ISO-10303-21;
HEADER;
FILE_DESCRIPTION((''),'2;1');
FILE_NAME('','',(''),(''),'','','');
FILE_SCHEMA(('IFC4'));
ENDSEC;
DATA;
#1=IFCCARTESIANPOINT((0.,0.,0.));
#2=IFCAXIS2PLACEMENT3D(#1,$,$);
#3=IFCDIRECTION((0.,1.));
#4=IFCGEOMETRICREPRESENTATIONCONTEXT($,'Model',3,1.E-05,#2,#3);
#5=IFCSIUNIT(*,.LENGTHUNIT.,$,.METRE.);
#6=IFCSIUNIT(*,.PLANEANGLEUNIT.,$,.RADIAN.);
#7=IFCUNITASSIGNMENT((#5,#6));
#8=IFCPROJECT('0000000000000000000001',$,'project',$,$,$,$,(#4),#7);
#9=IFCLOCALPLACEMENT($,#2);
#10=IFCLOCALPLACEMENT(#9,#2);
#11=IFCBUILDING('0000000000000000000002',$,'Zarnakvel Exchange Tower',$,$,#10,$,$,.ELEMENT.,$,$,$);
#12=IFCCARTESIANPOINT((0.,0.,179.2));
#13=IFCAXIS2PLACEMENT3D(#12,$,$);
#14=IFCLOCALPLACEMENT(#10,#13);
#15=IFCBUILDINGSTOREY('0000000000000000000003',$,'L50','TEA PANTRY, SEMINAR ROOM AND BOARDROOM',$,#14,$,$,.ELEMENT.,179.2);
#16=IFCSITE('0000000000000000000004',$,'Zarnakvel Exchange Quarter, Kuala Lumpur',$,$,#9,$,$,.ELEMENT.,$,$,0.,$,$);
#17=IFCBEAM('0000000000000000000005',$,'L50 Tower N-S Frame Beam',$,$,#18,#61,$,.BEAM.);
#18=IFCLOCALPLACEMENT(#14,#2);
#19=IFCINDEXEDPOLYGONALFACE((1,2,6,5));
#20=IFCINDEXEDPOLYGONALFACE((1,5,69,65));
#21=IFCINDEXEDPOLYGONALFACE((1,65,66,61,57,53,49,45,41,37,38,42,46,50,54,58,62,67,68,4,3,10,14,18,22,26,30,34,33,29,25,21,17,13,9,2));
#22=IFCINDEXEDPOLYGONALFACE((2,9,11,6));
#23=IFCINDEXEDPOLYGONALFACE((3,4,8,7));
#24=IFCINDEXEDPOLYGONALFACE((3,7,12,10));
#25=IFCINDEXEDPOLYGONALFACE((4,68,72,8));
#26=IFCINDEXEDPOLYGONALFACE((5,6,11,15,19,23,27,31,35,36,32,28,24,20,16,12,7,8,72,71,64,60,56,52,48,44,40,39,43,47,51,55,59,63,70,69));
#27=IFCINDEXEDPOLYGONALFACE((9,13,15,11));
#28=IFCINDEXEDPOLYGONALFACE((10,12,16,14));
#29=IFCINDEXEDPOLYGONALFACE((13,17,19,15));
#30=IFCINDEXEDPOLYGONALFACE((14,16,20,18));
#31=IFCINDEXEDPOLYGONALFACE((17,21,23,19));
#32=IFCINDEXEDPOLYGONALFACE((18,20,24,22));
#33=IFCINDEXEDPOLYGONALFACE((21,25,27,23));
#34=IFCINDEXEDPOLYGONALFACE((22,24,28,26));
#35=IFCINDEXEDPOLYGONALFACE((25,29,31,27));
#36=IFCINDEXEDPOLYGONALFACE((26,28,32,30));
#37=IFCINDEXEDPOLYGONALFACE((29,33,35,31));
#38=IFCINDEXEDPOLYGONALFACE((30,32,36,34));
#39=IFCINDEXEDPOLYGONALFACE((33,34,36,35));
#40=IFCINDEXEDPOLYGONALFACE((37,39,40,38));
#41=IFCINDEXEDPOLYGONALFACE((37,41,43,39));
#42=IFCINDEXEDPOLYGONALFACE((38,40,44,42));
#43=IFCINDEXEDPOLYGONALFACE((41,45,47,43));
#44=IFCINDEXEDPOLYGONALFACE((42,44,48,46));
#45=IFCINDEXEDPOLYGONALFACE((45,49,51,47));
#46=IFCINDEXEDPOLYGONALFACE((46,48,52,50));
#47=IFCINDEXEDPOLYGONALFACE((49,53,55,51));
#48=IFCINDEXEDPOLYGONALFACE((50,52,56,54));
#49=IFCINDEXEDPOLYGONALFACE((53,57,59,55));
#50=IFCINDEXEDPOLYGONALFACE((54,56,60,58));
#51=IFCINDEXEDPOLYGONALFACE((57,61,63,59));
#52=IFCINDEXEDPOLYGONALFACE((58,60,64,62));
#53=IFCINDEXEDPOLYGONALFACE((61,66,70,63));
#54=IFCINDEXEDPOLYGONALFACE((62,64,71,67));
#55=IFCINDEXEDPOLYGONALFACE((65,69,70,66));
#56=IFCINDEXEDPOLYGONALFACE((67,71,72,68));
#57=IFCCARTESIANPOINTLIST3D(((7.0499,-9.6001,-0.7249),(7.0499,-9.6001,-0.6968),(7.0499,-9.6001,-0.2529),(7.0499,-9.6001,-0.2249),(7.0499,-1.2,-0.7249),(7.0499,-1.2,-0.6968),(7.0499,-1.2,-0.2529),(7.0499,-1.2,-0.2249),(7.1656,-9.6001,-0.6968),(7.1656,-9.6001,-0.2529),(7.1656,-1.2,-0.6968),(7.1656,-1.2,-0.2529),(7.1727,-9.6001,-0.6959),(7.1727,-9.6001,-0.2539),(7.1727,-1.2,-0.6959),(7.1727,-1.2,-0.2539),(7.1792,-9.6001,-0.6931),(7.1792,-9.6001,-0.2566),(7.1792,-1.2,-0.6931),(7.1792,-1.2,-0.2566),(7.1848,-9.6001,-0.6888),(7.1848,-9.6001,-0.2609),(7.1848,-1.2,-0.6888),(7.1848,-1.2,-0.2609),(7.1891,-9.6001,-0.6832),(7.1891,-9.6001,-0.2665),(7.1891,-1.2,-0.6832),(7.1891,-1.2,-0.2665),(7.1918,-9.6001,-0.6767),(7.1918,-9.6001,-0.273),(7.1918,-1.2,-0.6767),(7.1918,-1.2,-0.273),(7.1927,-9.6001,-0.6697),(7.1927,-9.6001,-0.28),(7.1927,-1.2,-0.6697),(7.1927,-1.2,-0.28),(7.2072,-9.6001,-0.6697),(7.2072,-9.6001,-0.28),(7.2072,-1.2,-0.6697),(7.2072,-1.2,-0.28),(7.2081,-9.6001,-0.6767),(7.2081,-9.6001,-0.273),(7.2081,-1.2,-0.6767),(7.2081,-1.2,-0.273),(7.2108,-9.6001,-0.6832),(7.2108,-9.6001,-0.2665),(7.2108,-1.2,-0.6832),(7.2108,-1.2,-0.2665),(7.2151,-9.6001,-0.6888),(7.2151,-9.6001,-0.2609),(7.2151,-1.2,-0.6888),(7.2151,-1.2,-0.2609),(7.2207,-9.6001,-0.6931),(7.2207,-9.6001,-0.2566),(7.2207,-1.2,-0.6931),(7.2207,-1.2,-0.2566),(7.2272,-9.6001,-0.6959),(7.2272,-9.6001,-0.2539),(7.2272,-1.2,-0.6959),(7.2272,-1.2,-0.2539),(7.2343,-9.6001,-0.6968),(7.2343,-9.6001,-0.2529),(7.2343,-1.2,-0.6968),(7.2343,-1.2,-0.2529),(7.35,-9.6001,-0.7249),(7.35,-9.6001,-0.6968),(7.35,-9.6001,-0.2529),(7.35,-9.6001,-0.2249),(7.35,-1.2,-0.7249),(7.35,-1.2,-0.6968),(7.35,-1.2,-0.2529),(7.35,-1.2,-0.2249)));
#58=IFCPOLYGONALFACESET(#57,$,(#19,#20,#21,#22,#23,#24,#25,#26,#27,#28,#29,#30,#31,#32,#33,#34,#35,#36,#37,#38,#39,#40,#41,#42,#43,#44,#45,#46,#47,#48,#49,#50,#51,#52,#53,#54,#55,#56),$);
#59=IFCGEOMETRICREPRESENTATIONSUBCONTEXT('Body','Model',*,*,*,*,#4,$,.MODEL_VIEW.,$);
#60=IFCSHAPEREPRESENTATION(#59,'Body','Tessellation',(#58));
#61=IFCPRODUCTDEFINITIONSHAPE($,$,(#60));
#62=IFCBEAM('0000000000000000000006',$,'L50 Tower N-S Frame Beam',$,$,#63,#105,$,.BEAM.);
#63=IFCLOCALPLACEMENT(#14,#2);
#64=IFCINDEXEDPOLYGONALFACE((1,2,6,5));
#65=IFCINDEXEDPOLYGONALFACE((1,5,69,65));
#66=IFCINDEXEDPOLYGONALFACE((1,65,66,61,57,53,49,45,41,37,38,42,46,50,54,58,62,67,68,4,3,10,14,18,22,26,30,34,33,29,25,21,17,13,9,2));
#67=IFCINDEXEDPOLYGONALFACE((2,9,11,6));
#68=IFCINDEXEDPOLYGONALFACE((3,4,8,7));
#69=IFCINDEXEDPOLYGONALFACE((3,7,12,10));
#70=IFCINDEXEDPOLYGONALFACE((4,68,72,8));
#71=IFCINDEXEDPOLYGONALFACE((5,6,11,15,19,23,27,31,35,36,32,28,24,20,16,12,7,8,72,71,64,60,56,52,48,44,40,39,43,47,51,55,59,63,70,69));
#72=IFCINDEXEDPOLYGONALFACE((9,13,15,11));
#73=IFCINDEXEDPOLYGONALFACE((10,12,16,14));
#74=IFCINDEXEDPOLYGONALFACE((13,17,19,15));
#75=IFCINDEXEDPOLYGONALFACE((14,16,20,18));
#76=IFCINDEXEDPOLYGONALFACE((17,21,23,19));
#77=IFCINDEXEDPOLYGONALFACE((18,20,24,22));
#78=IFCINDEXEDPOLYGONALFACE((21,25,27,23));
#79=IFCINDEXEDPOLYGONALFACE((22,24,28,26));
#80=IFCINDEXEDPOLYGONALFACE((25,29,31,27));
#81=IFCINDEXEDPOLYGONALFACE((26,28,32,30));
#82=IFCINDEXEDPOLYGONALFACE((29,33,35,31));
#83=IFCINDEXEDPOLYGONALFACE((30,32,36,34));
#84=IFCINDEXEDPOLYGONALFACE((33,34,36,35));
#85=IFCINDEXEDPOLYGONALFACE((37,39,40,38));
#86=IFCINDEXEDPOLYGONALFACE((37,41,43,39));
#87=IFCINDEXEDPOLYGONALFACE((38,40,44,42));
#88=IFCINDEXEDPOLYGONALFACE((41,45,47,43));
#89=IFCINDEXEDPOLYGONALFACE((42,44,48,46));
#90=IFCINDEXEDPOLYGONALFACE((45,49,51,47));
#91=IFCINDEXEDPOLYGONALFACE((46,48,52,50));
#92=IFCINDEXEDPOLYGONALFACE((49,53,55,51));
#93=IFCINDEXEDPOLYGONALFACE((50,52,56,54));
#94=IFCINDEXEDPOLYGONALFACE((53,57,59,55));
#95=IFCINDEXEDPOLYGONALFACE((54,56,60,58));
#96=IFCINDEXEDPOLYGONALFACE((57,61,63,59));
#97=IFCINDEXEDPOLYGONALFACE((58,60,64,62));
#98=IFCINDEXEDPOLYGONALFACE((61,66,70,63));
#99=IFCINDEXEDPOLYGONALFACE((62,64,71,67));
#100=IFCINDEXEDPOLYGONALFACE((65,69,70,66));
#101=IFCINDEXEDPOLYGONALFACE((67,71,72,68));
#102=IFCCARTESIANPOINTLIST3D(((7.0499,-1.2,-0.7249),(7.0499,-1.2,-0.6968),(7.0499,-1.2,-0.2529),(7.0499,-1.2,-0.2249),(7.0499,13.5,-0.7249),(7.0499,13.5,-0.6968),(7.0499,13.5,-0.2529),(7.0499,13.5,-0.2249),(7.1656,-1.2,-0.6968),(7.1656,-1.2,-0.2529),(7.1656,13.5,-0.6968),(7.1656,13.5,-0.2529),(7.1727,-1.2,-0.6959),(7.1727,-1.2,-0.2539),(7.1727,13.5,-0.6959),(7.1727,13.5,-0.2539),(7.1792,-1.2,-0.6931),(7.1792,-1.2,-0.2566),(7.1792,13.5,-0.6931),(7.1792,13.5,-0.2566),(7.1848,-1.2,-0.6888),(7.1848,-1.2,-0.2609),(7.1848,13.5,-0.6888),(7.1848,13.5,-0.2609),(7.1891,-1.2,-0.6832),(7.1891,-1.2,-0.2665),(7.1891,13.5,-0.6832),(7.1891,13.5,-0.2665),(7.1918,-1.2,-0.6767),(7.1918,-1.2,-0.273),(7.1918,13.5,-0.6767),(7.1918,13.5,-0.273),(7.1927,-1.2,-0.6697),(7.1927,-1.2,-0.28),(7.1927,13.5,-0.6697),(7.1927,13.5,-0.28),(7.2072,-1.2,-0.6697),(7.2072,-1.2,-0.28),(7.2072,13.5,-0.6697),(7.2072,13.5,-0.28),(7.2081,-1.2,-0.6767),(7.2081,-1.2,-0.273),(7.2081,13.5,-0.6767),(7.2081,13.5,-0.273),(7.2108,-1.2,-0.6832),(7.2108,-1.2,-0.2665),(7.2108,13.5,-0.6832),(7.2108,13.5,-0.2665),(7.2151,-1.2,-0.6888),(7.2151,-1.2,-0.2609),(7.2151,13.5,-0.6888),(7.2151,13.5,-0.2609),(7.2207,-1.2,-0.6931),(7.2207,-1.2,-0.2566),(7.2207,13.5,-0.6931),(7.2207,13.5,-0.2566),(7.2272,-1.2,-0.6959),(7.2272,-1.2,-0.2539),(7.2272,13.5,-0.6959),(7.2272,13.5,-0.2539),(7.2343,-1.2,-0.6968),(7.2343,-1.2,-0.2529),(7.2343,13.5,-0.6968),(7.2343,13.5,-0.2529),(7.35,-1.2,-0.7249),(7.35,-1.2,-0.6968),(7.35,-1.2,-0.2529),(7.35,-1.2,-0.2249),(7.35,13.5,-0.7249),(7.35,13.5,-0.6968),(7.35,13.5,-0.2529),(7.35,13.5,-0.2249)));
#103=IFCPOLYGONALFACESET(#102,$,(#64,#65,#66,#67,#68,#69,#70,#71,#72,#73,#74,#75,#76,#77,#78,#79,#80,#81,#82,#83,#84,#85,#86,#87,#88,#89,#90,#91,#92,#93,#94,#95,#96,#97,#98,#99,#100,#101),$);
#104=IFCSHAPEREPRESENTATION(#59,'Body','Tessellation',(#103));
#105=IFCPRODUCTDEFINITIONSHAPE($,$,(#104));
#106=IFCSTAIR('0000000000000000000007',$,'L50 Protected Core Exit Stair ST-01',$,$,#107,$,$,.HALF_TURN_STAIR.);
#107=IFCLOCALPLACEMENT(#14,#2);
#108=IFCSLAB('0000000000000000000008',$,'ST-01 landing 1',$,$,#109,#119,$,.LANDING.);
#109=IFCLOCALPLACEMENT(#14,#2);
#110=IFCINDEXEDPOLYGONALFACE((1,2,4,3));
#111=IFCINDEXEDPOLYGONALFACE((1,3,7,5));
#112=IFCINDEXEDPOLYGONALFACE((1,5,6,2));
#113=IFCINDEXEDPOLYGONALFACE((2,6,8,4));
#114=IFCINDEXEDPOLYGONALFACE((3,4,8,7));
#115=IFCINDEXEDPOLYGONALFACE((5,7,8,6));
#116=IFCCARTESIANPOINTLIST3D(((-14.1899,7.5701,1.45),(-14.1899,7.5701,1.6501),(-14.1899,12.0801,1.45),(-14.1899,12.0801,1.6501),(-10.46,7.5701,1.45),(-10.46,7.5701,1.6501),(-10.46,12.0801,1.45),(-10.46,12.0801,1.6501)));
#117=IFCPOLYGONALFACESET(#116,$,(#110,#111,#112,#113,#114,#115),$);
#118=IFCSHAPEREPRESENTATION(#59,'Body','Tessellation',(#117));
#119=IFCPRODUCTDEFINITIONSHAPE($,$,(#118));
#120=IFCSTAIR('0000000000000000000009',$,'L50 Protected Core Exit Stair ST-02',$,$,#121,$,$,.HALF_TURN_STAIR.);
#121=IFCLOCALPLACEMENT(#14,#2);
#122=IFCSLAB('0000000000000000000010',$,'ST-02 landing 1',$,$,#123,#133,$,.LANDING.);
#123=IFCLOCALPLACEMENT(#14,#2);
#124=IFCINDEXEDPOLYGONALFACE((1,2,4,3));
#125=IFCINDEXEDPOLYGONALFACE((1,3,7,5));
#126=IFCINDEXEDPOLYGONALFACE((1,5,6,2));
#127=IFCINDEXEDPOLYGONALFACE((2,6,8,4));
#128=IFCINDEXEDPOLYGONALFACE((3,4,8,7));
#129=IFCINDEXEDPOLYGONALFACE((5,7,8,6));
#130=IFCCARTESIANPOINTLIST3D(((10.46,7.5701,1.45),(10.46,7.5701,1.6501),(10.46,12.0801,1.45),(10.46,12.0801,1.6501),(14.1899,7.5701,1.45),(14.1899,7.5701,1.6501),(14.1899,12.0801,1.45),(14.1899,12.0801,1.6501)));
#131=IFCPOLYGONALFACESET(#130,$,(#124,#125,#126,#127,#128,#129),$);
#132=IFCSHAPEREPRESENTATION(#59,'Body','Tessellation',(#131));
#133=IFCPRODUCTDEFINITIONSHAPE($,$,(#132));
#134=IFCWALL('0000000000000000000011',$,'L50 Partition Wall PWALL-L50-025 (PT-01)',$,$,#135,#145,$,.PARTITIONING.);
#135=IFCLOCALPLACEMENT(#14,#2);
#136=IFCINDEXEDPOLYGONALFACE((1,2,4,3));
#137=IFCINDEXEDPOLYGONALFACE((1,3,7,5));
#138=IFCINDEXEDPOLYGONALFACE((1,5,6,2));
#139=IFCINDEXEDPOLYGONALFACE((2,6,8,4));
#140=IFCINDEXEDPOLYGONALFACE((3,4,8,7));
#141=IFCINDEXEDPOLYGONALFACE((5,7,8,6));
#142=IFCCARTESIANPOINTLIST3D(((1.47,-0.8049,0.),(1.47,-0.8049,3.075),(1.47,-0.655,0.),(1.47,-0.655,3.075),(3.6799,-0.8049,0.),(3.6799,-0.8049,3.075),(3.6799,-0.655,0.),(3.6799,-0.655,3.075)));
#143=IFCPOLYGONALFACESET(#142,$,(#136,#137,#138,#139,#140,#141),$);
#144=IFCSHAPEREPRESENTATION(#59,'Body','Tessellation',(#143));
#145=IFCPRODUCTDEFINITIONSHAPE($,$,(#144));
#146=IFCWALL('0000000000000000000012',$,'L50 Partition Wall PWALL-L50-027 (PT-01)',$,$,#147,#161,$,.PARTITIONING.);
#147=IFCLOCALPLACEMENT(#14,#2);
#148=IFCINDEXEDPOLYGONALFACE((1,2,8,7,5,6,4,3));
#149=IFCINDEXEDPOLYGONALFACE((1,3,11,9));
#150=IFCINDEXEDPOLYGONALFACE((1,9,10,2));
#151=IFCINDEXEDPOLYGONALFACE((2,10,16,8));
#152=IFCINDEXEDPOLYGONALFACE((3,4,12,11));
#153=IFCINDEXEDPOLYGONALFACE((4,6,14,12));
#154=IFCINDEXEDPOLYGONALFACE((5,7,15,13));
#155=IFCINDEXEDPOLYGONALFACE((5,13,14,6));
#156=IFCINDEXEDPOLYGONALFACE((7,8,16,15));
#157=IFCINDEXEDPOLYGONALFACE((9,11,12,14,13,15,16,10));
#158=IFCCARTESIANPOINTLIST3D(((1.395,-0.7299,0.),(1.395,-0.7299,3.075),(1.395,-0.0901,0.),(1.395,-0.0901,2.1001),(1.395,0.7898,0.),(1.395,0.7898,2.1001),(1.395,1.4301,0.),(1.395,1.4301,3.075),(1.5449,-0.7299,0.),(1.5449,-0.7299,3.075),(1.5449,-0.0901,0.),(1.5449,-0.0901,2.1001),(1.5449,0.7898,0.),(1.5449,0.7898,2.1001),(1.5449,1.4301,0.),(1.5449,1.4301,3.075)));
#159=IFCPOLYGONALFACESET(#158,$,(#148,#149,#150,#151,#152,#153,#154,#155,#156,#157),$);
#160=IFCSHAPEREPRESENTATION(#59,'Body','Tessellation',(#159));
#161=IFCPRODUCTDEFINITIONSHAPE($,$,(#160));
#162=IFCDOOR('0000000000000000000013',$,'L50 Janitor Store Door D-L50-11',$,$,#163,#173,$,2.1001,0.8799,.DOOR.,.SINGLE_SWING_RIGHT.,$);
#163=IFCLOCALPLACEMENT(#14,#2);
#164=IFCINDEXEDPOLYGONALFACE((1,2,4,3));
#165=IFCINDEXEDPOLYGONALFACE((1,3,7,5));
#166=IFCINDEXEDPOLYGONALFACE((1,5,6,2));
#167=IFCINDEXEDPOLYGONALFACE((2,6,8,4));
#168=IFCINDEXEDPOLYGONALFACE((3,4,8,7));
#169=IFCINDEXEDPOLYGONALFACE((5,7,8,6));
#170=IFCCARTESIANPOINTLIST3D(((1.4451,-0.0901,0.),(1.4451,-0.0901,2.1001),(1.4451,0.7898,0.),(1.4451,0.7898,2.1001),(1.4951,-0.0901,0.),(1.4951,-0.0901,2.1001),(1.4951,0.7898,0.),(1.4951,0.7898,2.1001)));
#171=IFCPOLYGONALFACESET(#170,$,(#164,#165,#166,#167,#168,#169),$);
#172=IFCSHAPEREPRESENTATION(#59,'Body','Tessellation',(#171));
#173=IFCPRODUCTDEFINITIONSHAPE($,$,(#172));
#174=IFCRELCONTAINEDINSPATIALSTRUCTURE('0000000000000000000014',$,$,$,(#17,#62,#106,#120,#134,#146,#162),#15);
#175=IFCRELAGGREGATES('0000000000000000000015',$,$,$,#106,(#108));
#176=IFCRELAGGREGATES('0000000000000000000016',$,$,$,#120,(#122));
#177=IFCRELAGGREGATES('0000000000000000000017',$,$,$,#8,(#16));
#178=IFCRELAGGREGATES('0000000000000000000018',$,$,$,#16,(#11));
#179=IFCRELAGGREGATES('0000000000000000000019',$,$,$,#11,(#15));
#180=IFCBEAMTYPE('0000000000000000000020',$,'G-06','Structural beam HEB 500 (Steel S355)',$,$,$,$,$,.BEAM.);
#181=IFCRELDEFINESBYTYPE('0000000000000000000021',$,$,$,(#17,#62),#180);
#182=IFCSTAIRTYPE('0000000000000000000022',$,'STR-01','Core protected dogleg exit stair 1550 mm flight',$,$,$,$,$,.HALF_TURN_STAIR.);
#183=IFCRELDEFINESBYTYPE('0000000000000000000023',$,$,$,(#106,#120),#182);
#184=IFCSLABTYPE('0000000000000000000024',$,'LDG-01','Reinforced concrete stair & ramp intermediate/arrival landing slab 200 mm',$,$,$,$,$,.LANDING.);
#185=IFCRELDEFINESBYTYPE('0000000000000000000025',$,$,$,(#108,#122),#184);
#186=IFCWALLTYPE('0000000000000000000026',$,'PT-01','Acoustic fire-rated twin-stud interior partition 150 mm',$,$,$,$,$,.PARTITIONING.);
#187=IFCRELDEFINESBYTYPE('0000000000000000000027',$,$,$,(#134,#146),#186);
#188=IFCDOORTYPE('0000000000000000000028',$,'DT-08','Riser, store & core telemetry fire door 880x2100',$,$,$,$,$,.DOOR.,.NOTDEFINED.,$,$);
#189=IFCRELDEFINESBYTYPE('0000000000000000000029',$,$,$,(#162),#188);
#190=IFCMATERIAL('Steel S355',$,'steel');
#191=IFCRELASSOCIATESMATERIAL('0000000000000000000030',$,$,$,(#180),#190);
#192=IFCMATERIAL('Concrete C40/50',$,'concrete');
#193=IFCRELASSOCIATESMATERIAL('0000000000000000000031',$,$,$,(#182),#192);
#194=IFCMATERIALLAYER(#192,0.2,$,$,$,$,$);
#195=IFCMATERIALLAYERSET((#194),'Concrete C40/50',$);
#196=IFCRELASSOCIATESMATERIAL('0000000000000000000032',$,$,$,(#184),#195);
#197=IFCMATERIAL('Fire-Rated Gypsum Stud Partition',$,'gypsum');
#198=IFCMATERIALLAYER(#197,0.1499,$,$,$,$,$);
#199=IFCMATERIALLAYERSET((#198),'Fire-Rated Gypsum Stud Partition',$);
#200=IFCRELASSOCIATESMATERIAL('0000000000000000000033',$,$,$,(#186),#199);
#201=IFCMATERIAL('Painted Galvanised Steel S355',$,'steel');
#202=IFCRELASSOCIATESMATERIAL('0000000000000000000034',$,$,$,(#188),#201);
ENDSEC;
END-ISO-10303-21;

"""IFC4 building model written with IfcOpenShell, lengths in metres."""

from ifc_helpers import new_model, si_unit, direction, frame, frame_2d, origin, origin_2d, place, context, subcontext, project, spatial, polyline, rectangle, i_section, outline, extrude, source, transform, mapped, material, layer, layer_set, material_profile, profile_set, type_object, element, fill, aggregate, save


model = new_model("IFC4")

# Units and contexts
model_context = context("Model", 3, precision=1e-05, world=origin(), true_north=direction((0.0, 1.0)))
body_context = subcontext(model_context, "Body", "Model", "MODEL_VIEW")
ifc_project = project(units=[si_unit("LENGTHUNIT", "METRE"), si_unit("PLANEANGLEUNIT", "RADIAN")], contexts=[model_context])

# Site, building, storey
site_placement = place(None, origin())
site = spatial("IfcSite", under=ifc_project, at=site_placement, Name="Zarnakvel Exchange Quarter, Kuala Lumpur", CompositionType="ELEMENT", RefElevation=0.0)
building_placement = place(site_placement, origin())
building = spatial("IfcBuilding", under=site, at=building_placement, Name="Zarnakvel Exchange Tower", CompositionType="ELEMENT")
storey_placement = place(building_placement, frame((0.0, 0.0, 179.2)))
storey = spatial("IfcBuildingStorey", under=building, at=storey_placement, Name="L50", Description="TEA PANTRY, SEMINAR ROOM AND BOARDROOM", CompositionType="ELEMENT", Elevation=179.2)

# Beams
ifc_material_1 = material(Name="Steel S355", Category="steel")
ifc_material_profile_1 = material_profile(ifc_material_1, i_section(OverallWidth=0.3, OverallDepth=0.5, WebThickness=0.0144, FlangeThickness=0.0281, FilletRadius=0.0271, at=origin_2d()))
ifc_profile_set_1 = profile_set([ifc_material_profile_1], Name="Steel S355")
beam_type_1 = type_object("IfcBeamType", Name="G-06", Description="Structural beam HEB 500 (Steel S355)", PredefinedType="BEAM", material=ifc_profile_set_1)
beam_1_placement = place(storey_placement, frame((7.2, -9.6001, -0.4749), z_axis=(0.0, 1.0, 0.0), x_axis=(-1.0, 0.0, 0.0)))
element("IfcBeam", 1, at=beam_1_placement, inside=storey, type_object=beam_type_1, Name="L50 Tower N-S Frame Beam", PredefinedType="BEAM", context=body_context, shape_type="SweptSolid", body=[
    extrude(i_section(OverallWidth=0.3, OverallDepth=0.5, WebThickness=0.0144, FlangeThickness=0.0281, FilletRadius=0.0271, at=origin_2d()), origin(), (0.0, 0.0, 1.0), 8.4001),
])
beam_2_placement = place(storey_placement, frame((7.2, -1.2, -0.4749), z_axis=(0.0, 1.0, 0.0), x_axis=(-1.0, 0.0, 0.0)))
element("IfcBeam", 2, at=beam_2_placement, inside=storey, type_object=beam_type_1, Name="L50 Tower N-S Frame Beam", PredefinedType="BEAM", context=body_context, shape_type="SweptSolid", body=[
    extrude(i_section(OverallWidth=0.3, OverallDepth=0.5, WebThickness=0.0144, FlangeThickness=0.0281, FilletRadius=0.0271, at=origin_2d()), origin(), (0.0, 0.0, 1.0), 14.7),
])

# Stairs, slabs
ifc_material_2 = material(Name="Concrete C40/50", Category="concrete")
stair_type = type_object("IfcStairType", Name="STR-01", Description="Core protected dogleg exit stair 1550 mm flight", PredefinedType="HALF_TURN_STAIR", material=ifc_material_2)
stair_1_placement = place(storey_placement, origin())
stair_1 = element("IfcStair", 3, at=stair_1_placement, inside=storey, type_object=stair_type, Name="L50 Protected Core Exit Stair ST-01", PredefinedType="HALF_TURN_STAIR")
ifc_layer_1 = layer(ifc_material_2, 0.2)
ifc_layer_set_1 = layer_set([ifc_layer_1], Name="Concrete C40/50")
slab_type = type_object("IfcSlabType", Name="LDG-01", Description="Reinforced concrete stair & ramp intermediate/arrival landing slab 200 mm", PredefinedType="LANDING", material=ifc_layer_set_1)
slab_1_placement = place(storey_placement, frame((0.0, 0.0, 1.45)))
slab_1 = element("IfcSlab", 4, at=slab_1_placement, type_object=slab_type, Name="ST-01 landing 1", PredefinedType="LANDING", context=body_context, shape_type="SweptSolid", body=[
    extrude(outline(polyline([(-14.1899, 7.5701), (-10.46, 7.5701), (-10.46, 12.0801), (-14.1899, 12.0801), (-14.1899, 7.5701)])), origin(), (0.0, 0.0, 1.0), 0.2002),
])
aggregate(stair_1, [slab_1])
stair_2_placement = place(storey_placement, origin())
stair_2 = element("IfcStair", 5, at=stair_2_placement, inside=storey, type_object=stair_type, Name="L50 Protected Core Exit Stair ST-02", PredefinedType="HALF_TURN_STAIR")
slab_2_placement = place(storey_placement, frame((0.0, 0.0, 1.45)))
slab_2 = element("IfcSlab", 6, at=slab_2_placement, type_object=slab_type, Name="ST-02 landing 1", PredefinedType="LANDING", context=body_context, shape_type="SweptSolid", body=[
    extrude(outline(polyline([(10.46, 7.5701), (14.1899, 7.5701), (14.1899, 12.0801), (10.46, 12.0801), (10.46, 7.5701)])), origin(), (0.0, 0.0, 1.0), 0.2002),
])
aggregate(stair_2, [slab_2])

# Wall
ifc_material_3 = material(Name="Fire-Rated Gypsum Stud Partition", Category="gypsum")
ifc_layer_2 = layer(ifc_material_3, 0.1499)
ifc_layer_set_2 = layer_set([ifc_layer_2], Name="Fire-Rated Gypsum Stud Partition")
wall_type_1 = type_object("IfcWallType", Name="PT-01", Description="Acoustic fire-rated twin-stud interior partition 150 mm", PredefinedType="PARTITIONING", material=ifc_layer_set_2)
wall_1_placement = place(storey_placement, frame((3.6799, -0.73, 0.0), z_axis=(0.0, 0.0, 1.0), x_axis=(-1.0, 0.0, 0.0)))
element("IfcWall", 7, at=wall_1_placement, inside=storey, type_object=wall_type_1, Name="L50 Partition Wall PWALL-L50-025 (PT-01)", PredefinedType="PARTITIONING", context=body_context, shape_type="SweptSolid", body=[
    extrude(rectangle(XDim=2.21, YDim=0.1499, at=frame_2d((1.105, 0.0))), origin(), (0.0, 0.0, 1.0), 3.075),
])

# Wall, opening, door
wall_2_placement = place(storey_placement, frame((1.47, -0.73, 0.0), z_axis=(0.0, 0.0, 1.0), x_axis=(0.0, 1.0, 0.0)))
wall_2 = element("IfcWall", 8, at=wall_2_placement, inside=storey, type_object=wall_type_1, Name="L50 Partition Wall PWALL-L50-027 (PT-01)", PredefinedType="PARTITIONING", context=body_context, shape_type="SweptSolid", body=[
    extrude(rectangle(XDim=2.1599, YDim=0.1499, at=frame_2d((1.0801, 0.0))), origin(), (0.0, 0.0, 1.0), 3.075),
])
opening_1_placement = place(wall_2_placement, frame((0.6399, 0.0, 0.0)))
opening_1 = element("IfcOpeningElement", 9, at=opening_1_placement, cuts=wall_2, PredefinedType="OPENING", context=body_context, shape_type="SweptSolid", body=[
    extrude(rectangle(XDim=0.8799, YDim=2.1001, at=frame_2d((0.4399, 1.05))), frame((0.0, 0.085, 0.0), z_axis=(0.0, -1.0, 0.0), x_axis=(1.0, 0.0, 0.0)), (0.0, 0.0, 1.0), 0.1699),
])
ifc_material_4 = material(Name="Painted Galvanised Steel S355", Category="steel")
door_type_1 = type_object("IfcDoorType", Name="DT-08", Description="Riser, store & core telemetry fire door 880x2100", OperationType="NOTDEFINED", PredefinedType="DOOR", material=ifc_material_4)
shared_shape_1 = source(origin(), body_context, "Body", "SweptSolid", [
    extrude(rectangle(XDim=0.8799, YDim=2.1001, at=frame_2d((0.4399, 1.05))), frame((0.0, 0.0249, 0.0), z_axis=(0.0, -1.0, 0.0), x_axis=(1.0, 0.0, 0.0)), (0.0, 0.0, 1.0), 0.05),
])
door_1_placement = place(opening_1_placement, origin())
door_1 = element("IfcDoor", 10, at=door_1_placement, inside=storey, type_object=door_type_1, Name="L50 Janitor Store Door D-L50-11", OperationType="SINGLE_SWING_RIGHT", OverallHeight=2.1001, OverallWidth=0.8799, PredefinedType="DOOR", context=body_context, shape_type="MappedRepresentation", body=[
    mapped(shared_shape_1, transform((0.0, 0.0, 0.0), x_axis=(1.0, 0.0, 0.0), y_axis=(0.0, 1.0, 0.0), z_axis=(0.0, 0.0, 1.0), scale=1.0)),
])
fill(opening_1, door_1)

save(model, "model.ifc")
